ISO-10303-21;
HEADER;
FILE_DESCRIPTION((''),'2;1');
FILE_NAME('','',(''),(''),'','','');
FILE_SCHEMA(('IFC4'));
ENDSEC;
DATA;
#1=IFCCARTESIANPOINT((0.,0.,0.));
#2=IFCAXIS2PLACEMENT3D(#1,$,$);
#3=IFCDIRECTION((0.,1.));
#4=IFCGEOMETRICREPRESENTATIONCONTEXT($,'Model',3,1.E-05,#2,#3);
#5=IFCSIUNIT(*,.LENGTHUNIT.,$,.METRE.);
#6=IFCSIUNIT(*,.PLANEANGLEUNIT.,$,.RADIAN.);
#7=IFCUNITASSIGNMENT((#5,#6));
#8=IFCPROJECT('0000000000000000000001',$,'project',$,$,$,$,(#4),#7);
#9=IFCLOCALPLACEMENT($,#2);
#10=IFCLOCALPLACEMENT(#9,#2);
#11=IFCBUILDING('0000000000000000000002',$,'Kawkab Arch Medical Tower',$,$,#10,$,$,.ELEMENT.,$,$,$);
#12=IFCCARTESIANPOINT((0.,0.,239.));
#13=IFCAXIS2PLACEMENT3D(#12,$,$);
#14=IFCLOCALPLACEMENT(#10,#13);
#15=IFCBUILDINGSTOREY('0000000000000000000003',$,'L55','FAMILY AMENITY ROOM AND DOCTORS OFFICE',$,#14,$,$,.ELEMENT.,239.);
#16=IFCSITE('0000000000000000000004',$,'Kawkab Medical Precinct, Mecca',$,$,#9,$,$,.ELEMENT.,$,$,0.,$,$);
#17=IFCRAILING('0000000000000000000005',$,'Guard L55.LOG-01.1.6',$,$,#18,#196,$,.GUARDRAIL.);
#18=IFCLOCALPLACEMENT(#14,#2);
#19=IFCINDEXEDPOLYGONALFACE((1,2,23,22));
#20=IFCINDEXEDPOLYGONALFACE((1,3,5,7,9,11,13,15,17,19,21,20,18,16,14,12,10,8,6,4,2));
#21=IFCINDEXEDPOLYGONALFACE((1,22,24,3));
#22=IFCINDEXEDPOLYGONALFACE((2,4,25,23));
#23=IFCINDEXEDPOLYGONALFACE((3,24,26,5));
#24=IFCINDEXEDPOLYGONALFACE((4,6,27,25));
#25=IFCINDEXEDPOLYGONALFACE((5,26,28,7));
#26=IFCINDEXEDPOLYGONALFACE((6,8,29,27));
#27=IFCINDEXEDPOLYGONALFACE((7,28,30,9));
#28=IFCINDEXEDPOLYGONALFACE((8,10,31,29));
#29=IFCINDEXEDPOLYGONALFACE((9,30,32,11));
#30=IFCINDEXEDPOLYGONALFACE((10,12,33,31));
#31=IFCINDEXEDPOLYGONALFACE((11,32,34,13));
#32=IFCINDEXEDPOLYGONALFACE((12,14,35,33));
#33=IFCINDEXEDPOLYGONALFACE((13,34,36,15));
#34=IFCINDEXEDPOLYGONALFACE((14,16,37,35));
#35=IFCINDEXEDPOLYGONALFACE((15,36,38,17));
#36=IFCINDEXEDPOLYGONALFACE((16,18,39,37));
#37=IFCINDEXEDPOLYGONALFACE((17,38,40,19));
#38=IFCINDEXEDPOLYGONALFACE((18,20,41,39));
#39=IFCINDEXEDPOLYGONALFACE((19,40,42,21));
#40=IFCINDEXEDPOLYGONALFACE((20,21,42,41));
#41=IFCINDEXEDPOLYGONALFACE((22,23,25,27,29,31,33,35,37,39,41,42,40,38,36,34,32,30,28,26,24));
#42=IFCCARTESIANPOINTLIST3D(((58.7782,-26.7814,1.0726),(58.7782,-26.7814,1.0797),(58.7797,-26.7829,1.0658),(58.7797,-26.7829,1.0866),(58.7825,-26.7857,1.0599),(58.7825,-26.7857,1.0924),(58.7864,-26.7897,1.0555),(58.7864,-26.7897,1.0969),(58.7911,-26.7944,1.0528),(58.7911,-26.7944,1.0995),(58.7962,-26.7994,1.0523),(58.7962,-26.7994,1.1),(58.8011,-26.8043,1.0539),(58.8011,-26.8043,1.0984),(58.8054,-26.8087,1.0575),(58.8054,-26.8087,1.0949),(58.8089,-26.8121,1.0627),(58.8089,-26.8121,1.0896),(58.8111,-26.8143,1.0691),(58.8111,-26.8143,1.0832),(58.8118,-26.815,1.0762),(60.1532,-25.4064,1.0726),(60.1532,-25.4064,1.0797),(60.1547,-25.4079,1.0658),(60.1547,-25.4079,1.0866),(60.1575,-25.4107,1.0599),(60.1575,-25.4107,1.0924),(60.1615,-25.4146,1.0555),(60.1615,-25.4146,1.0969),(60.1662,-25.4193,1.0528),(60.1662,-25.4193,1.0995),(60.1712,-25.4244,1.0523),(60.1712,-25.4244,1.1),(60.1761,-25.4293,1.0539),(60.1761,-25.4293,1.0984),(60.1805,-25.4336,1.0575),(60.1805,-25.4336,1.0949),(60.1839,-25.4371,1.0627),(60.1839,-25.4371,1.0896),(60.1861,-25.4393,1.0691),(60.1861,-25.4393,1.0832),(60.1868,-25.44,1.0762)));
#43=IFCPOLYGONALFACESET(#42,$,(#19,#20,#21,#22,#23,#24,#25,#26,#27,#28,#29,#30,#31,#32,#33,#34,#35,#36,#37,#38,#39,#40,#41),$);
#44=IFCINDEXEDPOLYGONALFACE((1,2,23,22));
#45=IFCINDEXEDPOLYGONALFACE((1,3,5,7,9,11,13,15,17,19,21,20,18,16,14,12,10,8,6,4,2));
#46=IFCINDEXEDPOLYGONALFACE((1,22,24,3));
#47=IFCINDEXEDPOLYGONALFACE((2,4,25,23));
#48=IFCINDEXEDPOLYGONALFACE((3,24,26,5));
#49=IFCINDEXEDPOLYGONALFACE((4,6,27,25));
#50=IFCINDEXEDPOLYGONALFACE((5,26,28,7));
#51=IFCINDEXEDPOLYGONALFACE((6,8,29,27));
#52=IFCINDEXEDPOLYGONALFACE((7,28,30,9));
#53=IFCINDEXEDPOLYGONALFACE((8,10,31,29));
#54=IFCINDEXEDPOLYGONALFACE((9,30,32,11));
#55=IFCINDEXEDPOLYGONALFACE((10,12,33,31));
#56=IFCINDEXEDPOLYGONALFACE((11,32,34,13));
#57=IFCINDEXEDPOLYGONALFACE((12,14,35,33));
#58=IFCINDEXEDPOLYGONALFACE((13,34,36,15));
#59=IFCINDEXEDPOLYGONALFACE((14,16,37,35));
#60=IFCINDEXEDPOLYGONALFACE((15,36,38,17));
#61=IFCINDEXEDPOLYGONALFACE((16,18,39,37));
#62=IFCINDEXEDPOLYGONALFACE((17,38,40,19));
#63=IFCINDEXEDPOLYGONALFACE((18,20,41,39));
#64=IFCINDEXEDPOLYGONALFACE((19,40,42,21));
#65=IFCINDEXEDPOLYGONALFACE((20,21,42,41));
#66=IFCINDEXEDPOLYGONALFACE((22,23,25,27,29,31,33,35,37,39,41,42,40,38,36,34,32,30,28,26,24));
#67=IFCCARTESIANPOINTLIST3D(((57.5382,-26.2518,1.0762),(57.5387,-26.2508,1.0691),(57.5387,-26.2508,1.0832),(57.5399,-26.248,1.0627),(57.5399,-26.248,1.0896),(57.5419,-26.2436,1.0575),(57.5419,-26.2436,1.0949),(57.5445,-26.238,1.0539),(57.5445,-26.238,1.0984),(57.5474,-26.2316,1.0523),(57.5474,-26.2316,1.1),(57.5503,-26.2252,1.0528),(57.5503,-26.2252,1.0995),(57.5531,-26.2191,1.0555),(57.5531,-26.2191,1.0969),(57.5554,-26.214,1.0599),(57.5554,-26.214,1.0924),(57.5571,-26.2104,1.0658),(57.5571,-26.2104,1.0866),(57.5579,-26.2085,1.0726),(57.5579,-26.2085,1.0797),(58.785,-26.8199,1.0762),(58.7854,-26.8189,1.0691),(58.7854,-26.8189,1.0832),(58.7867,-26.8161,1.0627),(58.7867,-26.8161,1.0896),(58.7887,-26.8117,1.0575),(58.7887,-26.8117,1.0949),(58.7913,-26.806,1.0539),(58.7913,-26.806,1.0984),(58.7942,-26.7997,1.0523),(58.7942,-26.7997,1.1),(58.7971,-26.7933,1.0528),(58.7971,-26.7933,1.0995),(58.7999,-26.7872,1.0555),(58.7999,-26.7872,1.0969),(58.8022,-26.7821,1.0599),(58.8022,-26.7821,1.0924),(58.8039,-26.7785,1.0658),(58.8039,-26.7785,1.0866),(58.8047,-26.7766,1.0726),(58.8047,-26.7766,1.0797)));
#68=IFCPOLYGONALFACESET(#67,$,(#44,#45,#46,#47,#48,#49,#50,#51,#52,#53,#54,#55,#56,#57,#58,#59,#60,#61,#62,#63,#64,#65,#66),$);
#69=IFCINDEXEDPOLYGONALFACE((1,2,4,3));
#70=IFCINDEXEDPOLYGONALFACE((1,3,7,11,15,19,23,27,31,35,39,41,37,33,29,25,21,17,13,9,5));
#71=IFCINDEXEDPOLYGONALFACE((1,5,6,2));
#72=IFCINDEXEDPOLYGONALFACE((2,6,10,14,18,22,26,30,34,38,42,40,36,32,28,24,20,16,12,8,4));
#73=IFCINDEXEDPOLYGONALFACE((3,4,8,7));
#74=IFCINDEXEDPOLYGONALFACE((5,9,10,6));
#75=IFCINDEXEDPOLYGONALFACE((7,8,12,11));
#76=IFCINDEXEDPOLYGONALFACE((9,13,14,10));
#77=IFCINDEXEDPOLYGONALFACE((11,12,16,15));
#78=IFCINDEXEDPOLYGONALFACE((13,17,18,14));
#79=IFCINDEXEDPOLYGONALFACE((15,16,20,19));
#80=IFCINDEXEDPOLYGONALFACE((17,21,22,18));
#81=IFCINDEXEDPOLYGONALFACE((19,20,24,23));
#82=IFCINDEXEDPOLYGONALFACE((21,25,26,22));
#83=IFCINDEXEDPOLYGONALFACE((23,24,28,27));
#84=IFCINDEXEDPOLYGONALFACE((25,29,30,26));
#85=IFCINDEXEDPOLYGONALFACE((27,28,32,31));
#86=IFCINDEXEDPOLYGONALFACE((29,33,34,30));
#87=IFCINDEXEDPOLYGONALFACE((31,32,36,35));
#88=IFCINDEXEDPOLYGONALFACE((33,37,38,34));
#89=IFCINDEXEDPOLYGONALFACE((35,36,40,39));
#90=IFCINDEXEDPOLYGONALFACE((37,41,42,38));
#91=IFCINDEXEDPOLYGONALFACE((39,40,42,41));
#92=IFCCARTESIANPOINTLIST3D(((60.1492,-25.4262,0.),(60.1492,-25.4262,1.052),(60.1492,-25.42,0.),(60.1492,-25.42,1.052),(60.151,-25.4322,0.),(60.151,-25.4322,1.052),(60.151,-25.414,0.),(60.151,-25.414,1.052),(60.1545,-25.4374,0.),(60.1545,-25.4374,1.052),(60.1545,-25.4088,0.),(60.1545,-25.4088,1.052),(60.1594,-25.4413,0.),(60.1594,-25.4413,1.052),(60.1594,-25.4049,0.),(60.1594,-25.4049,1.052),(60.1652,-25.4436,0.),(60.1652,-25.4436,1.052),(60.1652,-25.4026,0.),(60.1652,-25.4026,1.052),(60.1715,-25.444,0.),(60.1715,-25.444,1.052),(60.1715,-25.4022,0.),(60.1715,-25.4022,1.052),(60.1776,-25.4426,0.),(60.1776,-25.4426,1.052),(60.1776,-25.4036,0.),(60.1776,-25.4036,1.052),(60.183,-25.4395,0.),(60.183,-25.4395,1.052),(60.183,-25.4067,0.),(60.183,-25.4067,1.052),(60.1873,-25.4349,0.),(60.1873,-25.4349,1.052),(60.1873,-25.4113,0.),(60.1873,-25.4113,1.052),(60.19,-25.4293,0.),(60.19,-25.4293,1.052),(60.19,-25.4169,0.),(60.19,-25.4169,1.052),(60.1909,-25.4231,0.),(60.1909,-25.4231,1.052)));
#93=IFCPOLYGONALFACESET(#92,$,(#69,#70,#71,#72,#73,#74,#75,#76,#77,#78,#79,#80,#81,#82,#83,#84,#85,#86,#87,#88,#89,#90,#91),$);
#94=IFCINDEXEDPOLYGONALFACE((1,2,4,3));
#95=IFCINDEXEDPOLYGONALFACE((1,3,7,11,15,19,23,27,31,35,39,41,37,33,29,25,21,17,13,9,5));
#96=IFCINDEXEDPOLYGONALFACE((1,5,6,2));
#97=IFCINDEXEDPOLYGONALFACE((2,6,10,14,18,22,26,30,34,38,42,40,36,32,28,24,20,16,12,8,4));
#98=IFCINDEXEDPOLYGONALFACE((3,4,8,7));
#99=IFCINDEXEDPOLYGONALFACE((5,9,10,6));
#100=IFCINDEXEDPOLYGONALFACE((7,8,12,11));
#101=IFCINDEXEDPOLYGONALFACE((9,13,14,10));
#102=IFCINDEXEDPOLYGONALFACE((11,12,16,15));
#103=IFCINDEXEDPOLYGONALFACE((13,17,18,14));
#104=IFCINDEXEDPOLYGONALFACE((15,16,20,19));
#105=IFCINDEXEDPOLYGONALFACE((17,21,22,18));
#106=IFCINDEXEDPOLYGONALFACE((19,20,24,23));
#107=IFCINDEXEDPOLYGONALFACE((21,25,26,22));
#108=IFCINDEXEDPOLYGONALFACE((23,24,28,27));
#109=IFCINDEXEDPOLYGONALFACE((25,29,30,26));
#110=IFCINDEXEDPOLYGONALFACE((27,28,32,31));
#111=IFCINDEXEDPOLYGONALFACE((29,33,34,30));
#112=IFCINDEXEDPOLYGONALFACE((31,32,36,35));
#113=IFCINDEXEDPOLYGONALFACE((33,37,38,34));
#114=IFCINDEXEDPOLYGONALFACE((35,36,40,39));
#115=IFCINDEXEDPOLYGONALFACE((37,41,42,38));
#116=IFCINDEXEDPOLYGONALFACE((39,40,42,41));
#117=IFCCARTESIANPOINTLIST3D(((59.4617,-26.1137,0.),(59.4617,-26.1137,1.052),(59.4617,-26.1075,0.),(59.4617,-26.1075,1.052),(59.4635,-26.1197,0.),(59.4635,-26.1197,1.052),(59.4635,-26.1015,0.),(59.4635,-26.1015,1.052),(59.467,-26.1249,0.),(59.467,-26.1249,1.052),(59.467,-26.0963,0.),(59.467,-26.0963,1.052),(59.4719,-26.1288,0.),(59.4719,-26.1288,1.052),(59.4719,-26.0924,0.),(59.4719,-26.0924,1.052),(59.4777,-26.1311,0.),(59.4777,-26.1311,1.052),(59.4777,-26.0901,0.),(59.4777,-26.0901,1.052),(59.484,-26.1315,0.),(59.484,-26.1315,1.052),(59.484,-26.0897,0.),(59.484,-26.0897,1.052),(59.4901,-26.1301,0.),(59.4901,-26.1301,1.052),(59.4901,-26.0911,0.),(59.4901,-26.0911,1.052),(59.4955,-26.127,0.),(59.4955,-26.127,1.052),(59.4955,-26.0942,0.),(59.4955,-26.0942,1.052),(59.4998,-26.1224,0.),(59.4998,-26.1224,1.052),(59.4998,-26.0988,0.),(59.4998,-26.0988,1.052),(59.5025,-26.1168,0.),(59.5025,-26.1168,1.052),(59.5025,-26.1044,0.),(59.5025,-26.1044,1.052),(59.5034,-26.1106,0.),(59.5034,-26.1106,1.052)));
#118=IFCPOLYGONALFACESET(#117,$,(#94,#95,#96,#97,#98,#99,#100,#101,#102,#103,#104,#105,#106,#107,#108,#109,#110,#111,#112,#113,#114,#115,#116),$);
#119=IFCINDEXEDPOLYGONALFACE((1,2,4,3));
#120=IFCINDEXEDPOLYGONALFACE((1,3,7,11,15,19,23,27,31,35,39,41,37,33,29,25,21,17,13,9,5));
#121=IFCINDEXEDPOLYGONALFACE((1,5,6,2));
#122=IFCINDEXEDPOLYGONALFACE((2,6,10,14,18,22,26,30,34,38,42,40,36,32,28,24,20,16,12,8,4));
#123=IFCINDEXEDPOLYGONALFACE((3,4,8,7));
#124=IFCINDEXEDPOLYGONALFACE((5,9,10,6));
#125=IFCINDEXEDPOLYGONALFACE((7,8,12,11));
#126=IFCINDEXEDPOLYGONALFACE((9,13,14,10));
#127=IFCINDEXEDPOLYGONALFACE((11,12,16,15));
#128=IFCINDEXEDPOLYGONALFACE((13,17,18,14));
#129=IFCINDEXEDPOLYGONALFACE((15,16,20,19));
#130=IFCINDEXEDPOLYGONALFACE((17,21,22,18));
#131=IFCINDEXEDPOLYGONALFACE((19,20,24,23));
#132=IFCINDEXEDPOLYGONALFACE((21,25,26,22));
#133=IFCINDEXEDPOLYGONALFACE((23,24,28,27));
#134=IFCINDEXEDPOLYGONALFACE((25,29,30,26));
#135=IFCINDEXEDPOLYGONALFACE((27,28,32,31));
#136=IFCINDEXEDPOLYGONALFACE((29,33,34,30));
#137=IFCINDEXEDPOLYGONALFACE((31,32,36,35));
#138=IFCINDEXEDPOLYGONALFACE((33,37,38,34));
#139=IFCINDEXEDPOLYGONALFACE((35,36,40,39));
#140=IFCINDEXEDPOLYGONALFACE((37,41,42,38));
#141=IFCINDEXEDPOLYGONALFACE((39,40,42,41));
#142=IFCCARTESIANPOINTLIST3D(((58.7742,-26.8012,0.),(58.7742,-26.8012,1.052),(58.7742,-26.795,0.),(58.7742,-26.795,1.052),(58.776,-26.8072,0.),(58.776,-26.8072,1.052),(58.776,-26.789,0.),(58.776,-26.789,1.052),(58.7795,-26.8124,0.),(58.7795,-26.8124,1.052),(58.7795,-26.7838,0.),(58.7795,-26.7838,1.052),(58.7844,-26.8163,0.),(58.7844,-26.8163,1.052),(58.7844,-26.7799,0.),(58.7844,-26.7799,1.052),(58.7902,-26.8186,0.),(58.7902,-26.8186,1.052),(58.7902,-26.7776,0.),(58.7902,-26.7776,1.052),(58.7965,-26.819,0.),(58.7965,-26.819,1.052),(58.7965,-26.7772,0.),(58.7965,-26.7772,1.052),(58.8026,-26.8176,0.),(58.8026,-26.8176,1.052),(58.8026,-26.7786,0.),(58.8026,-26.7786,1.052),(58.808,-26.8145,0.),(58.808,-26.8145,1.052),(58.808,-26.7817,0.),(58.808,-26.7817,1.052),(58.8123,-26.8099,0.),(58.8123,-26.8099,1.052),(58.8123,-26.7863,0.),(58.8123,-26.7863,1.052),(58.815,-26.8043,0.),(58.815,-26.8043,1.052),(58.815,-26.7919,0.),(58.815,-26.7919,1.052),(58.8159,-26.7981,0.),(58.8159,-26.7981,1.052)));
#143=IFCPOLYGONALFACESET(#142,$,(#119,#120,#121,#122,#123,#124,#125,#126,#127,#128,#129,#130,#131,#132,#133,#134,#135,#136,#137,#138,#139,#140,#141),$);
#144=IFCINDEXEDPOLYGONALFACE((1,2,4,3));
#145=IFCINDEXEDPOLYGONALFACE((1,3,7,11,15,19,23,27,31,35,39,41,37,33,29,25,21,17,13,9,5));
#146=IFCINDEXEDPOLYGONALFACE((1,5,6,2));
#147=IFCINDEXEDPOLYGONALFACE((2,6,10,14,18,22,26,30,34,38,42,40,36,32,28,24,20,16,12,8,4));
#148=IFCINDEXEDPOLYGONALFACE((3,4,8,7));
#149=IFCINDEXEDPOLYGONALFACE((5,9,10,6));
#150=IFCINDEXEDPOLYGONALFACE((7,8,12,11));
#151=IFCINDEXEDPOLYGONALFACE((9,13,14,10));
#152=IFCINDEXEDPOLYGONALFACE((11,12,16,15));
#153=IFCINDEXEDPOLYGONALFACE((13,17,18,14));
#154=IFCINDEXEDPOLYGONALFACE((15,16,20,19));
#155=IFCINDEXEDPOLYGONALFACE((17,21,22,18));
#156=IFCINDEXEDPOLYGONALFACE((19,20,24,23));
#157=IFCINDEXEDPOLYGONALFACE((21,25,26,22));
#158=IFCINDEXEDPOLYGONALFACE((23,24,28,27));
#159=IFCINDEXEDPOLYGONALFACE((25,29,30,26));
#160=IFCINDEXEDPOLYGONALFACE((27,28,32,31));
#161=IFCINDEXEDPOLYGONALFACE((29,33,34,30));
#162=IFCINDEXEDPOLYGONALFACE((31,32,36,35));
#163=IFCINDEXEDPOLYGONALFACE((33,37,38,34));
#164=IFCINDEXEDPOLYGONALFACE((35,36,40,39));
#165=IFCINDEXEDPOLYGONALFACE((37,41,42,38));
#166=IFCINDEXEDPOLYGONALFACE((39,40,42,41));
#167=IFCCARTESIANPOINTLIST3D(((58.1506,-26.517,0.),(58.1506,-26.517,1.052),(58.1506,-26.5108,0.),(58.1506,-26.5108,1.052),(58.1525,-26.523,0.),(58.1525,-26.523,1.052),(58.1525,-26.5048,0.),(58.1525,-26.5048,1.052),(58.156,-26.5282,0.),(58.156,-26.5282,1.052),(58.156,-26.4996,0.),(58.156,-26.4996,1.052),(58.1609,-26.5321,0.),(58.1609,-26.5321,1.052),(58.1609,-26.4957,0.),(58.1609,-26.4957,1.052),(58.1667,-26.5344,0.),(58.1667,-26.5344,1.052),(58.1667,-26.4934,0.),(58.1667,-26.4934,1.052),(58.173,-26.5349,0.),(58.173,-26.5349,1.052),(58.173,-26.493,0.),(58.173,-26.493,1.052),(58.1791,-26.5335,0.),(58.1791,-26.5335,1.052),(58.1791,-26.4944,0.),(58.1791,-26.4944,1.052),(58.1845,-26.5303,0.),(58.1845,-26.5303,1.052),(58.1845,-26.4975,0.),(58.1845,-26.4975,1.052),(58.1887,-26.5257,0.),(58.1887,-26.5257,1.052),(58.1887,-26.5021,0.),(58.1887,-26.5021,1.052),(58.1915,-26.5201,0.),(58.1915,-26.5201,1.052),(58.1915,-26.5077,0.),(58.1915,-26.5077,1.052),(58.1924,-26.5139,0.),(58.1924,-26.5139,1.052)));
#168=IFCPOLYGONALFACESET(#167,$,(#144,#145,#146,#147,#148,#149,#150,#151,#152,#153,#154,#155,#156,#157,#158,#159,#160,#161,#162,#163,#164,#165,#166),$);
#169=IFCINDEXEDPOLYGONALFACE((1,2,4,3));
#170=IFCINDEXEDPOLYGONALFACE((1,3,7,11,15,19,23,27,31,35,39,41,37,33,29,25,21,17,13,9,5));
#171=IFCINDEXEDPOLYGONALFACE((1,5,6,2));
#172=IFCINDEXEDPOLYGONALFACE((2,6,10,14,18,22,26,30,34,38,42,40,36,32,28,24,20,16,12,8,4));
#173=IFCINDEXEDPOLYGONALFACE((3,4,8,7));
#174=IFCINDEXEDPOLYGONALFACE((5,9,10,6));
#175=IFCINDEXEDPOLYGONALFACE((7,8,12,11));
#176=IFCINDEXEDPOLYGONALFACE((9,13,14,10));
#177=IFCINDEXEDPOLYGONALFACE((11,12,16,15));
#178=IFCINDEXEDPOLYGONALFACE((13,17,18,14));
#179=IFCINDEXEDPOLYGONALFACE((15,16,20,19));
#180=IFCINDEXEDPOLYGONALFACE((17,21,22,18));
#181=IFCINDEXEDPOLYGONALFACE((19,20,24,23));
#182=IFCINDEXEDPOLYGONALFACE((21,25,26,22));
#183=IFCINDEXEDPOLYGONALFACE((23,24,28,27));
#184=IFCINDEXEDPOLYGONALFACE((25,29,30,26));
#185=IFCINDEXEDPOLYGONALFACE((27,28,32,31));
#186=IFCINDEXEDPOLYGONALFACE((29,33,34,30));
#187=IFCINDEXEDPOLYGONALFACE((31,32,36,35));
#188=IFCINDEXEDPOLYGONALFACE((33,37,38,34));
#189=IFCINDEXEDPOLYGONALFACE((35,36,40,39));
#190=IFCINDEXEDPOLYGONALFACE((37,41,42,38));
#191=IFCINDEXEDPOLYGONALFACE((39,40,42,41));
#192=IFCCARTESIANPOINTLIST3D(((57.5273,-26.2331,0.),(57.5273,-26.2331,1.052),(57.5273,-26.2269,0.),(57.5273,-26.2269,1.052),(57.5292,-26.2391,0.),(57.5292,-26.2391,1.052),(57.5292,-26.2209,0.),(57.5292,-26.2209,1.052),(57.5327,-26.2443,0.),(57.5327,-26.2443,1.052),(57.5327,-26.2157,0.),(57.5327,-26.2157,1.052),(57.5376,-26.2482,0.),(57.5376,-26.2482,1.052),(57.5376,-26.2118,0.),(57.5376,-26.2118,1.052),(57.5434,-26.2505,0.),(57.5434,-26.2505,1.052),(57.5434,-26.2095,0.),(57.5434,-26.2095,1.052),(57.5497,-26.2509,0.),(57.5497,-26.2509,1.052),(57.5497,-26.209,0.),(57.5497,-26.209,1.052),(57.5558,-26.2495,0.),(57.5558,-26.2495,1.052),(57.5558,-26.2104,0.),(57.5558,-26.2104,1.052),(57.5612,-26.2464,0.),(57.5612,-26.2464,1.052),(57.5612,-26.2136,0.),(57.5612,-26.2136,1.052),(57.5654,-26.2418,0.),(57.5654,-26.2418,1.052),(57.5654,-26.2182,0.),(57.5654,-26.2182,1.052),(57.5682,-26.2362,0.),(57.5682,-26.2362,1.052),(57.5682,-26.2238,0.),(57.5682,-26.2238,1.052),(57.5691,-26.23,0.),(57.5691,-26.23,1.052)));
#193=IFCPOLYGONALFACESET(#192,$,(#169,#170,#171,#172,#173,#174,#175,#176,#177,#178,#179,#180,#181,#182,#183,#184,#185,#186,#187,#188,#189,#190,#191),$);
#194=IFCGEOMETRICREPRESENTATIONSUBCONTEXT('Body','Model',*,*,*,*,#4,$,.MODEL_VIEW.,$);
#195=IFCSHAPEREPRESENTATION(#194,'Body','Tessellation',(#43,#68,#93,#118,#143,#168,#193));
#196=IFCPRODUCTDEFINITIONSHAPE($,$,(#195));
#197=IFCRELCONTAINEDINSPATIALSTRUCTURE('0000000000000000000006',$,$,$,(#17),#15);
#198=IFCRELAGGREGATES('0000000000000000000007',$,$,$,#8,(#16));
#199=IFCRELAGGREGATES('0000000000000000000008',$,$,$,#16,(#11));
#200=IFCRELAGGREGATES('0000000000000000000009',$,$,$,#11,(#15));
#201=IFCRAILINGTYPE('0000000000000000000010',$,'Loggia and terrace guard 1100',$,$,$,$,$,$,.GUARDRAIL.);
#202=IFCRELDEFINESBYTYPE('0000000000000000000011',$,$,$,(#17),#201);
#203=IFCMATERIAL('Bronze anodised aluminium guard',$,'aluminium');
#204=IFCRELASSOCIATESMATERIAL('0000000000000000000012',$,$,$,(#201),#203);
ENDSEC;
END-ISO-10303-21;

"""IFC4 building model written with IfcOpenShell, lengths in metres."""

from ifc_helpers import new_model, si_unit, direction, frame, origin, origin_2d, place, context, subcontext, project, spatial, circle, extrude, material, type_object, element, save


model = new_model("IFC4")

# Units and contexts
model_context = context("Model", 3, precision=1e-05, world=origin(), true_north=direction((0.0, 1.0)))
body_context = subcontext(model_context, "Body", "Model", "MODEL_VIEW")
ifc_project = project(units=[si_unit("LENGTHUNIT", "METRE"), si_unit("PLANEANGLEUNIT", "RADIAN")], contexts=[model_context])

# Site, building, storey
site_placement = place(None, origin())
site = spatial("IfcSite", under=ifc_project, at=site_placement, Name="Kawkab Medical Precinct, Mecca", CompositionType="ELEMENT", RefElevation=0.0)
building_placement = place(site_placement, origin())
building = spatial("IfcBuilding", under=site, at=building_placement, Name="Kawkab Arch Medical Tower", CompositionType="ELEMENT")
storey_placement = place(building_placement, frame((0.0, 0.0, 239.0)))
storey = spatial("IfcBuildingStorey", under=building, at=storey_placement, Name="L55", Description="FAMILY AMENITY ROOM AND DOCTORS OFFICE", CompositionType="ELEMENT", Elevation=239.0)

# Railing
ifc_material_1 = material(Name="Bronze anodised aluminium guard", Category="aluminium")
railing_type_1 = type_object("IfcRailingType", Name="Loggia and terrace guard 1100", PredefinedType="GUARDRAIL", material=ifc_material_1)
railing_1_placement = place(storey_placement, frame((60.1699, -25.4231, 0.0)))
element("IfcRailing", 1, at=railing_1_placement, inside=storey, type_object=railing_type_1, Name="Guard L55.LOG-01.1.6", PredefinedType="GUARDRAIL", context=body_context, shape_type="SweptSolid", body=[
    extrude(circle(Radius=0.0239, at=origin_2d()), frame((0.0, 0.0, 1.0762), z_axis=(-0.707107, -0.707107, 0.0), x_axis=(0.707107, -0.707107, 0.0)), (0.0, 0.0, 1.0), 1.9446),
    extrude(circle(Radius=0.0239, at=origin_2d()), frame((-1.375, -1.375, 1.0762), z_axis=(-0.909988, 0.414635, 0.0), x_axis=(-0.414635, -0.909988, 0.0)), (0.0, 0.0, 1.0), 1.3701),
    extrude(circle(Radius=0.021, at=origin_2d()), origin(), (0.0, 0.0, 1.0), 1.052),
    extrude(circle(Radius=0.021, at=origin_2d()), frame((-0.6875, -0.6875, 0.0)), (0.0, 0.0, 1.0), 1.052),
    extrude(circle(Radius=0.021, at=origin_2d()), frame((-1.375, -1.375, 0.0)), (0.0, 0.0, 1.0), 1.052),
    extrude(circle(Radius=0.021, at=origin_2d()), frame((-1.9985, -1.0908, 0.0)), (0.0, 0.0, 1.0), 1.052),
    extrude(circle(Radius=0.021, at=origin_2d()), frame((-2.6218, -0.8069, 0.0)), (0.0, 0.0, 1.0), 1.052),
])

save(model, "model.ifc")
